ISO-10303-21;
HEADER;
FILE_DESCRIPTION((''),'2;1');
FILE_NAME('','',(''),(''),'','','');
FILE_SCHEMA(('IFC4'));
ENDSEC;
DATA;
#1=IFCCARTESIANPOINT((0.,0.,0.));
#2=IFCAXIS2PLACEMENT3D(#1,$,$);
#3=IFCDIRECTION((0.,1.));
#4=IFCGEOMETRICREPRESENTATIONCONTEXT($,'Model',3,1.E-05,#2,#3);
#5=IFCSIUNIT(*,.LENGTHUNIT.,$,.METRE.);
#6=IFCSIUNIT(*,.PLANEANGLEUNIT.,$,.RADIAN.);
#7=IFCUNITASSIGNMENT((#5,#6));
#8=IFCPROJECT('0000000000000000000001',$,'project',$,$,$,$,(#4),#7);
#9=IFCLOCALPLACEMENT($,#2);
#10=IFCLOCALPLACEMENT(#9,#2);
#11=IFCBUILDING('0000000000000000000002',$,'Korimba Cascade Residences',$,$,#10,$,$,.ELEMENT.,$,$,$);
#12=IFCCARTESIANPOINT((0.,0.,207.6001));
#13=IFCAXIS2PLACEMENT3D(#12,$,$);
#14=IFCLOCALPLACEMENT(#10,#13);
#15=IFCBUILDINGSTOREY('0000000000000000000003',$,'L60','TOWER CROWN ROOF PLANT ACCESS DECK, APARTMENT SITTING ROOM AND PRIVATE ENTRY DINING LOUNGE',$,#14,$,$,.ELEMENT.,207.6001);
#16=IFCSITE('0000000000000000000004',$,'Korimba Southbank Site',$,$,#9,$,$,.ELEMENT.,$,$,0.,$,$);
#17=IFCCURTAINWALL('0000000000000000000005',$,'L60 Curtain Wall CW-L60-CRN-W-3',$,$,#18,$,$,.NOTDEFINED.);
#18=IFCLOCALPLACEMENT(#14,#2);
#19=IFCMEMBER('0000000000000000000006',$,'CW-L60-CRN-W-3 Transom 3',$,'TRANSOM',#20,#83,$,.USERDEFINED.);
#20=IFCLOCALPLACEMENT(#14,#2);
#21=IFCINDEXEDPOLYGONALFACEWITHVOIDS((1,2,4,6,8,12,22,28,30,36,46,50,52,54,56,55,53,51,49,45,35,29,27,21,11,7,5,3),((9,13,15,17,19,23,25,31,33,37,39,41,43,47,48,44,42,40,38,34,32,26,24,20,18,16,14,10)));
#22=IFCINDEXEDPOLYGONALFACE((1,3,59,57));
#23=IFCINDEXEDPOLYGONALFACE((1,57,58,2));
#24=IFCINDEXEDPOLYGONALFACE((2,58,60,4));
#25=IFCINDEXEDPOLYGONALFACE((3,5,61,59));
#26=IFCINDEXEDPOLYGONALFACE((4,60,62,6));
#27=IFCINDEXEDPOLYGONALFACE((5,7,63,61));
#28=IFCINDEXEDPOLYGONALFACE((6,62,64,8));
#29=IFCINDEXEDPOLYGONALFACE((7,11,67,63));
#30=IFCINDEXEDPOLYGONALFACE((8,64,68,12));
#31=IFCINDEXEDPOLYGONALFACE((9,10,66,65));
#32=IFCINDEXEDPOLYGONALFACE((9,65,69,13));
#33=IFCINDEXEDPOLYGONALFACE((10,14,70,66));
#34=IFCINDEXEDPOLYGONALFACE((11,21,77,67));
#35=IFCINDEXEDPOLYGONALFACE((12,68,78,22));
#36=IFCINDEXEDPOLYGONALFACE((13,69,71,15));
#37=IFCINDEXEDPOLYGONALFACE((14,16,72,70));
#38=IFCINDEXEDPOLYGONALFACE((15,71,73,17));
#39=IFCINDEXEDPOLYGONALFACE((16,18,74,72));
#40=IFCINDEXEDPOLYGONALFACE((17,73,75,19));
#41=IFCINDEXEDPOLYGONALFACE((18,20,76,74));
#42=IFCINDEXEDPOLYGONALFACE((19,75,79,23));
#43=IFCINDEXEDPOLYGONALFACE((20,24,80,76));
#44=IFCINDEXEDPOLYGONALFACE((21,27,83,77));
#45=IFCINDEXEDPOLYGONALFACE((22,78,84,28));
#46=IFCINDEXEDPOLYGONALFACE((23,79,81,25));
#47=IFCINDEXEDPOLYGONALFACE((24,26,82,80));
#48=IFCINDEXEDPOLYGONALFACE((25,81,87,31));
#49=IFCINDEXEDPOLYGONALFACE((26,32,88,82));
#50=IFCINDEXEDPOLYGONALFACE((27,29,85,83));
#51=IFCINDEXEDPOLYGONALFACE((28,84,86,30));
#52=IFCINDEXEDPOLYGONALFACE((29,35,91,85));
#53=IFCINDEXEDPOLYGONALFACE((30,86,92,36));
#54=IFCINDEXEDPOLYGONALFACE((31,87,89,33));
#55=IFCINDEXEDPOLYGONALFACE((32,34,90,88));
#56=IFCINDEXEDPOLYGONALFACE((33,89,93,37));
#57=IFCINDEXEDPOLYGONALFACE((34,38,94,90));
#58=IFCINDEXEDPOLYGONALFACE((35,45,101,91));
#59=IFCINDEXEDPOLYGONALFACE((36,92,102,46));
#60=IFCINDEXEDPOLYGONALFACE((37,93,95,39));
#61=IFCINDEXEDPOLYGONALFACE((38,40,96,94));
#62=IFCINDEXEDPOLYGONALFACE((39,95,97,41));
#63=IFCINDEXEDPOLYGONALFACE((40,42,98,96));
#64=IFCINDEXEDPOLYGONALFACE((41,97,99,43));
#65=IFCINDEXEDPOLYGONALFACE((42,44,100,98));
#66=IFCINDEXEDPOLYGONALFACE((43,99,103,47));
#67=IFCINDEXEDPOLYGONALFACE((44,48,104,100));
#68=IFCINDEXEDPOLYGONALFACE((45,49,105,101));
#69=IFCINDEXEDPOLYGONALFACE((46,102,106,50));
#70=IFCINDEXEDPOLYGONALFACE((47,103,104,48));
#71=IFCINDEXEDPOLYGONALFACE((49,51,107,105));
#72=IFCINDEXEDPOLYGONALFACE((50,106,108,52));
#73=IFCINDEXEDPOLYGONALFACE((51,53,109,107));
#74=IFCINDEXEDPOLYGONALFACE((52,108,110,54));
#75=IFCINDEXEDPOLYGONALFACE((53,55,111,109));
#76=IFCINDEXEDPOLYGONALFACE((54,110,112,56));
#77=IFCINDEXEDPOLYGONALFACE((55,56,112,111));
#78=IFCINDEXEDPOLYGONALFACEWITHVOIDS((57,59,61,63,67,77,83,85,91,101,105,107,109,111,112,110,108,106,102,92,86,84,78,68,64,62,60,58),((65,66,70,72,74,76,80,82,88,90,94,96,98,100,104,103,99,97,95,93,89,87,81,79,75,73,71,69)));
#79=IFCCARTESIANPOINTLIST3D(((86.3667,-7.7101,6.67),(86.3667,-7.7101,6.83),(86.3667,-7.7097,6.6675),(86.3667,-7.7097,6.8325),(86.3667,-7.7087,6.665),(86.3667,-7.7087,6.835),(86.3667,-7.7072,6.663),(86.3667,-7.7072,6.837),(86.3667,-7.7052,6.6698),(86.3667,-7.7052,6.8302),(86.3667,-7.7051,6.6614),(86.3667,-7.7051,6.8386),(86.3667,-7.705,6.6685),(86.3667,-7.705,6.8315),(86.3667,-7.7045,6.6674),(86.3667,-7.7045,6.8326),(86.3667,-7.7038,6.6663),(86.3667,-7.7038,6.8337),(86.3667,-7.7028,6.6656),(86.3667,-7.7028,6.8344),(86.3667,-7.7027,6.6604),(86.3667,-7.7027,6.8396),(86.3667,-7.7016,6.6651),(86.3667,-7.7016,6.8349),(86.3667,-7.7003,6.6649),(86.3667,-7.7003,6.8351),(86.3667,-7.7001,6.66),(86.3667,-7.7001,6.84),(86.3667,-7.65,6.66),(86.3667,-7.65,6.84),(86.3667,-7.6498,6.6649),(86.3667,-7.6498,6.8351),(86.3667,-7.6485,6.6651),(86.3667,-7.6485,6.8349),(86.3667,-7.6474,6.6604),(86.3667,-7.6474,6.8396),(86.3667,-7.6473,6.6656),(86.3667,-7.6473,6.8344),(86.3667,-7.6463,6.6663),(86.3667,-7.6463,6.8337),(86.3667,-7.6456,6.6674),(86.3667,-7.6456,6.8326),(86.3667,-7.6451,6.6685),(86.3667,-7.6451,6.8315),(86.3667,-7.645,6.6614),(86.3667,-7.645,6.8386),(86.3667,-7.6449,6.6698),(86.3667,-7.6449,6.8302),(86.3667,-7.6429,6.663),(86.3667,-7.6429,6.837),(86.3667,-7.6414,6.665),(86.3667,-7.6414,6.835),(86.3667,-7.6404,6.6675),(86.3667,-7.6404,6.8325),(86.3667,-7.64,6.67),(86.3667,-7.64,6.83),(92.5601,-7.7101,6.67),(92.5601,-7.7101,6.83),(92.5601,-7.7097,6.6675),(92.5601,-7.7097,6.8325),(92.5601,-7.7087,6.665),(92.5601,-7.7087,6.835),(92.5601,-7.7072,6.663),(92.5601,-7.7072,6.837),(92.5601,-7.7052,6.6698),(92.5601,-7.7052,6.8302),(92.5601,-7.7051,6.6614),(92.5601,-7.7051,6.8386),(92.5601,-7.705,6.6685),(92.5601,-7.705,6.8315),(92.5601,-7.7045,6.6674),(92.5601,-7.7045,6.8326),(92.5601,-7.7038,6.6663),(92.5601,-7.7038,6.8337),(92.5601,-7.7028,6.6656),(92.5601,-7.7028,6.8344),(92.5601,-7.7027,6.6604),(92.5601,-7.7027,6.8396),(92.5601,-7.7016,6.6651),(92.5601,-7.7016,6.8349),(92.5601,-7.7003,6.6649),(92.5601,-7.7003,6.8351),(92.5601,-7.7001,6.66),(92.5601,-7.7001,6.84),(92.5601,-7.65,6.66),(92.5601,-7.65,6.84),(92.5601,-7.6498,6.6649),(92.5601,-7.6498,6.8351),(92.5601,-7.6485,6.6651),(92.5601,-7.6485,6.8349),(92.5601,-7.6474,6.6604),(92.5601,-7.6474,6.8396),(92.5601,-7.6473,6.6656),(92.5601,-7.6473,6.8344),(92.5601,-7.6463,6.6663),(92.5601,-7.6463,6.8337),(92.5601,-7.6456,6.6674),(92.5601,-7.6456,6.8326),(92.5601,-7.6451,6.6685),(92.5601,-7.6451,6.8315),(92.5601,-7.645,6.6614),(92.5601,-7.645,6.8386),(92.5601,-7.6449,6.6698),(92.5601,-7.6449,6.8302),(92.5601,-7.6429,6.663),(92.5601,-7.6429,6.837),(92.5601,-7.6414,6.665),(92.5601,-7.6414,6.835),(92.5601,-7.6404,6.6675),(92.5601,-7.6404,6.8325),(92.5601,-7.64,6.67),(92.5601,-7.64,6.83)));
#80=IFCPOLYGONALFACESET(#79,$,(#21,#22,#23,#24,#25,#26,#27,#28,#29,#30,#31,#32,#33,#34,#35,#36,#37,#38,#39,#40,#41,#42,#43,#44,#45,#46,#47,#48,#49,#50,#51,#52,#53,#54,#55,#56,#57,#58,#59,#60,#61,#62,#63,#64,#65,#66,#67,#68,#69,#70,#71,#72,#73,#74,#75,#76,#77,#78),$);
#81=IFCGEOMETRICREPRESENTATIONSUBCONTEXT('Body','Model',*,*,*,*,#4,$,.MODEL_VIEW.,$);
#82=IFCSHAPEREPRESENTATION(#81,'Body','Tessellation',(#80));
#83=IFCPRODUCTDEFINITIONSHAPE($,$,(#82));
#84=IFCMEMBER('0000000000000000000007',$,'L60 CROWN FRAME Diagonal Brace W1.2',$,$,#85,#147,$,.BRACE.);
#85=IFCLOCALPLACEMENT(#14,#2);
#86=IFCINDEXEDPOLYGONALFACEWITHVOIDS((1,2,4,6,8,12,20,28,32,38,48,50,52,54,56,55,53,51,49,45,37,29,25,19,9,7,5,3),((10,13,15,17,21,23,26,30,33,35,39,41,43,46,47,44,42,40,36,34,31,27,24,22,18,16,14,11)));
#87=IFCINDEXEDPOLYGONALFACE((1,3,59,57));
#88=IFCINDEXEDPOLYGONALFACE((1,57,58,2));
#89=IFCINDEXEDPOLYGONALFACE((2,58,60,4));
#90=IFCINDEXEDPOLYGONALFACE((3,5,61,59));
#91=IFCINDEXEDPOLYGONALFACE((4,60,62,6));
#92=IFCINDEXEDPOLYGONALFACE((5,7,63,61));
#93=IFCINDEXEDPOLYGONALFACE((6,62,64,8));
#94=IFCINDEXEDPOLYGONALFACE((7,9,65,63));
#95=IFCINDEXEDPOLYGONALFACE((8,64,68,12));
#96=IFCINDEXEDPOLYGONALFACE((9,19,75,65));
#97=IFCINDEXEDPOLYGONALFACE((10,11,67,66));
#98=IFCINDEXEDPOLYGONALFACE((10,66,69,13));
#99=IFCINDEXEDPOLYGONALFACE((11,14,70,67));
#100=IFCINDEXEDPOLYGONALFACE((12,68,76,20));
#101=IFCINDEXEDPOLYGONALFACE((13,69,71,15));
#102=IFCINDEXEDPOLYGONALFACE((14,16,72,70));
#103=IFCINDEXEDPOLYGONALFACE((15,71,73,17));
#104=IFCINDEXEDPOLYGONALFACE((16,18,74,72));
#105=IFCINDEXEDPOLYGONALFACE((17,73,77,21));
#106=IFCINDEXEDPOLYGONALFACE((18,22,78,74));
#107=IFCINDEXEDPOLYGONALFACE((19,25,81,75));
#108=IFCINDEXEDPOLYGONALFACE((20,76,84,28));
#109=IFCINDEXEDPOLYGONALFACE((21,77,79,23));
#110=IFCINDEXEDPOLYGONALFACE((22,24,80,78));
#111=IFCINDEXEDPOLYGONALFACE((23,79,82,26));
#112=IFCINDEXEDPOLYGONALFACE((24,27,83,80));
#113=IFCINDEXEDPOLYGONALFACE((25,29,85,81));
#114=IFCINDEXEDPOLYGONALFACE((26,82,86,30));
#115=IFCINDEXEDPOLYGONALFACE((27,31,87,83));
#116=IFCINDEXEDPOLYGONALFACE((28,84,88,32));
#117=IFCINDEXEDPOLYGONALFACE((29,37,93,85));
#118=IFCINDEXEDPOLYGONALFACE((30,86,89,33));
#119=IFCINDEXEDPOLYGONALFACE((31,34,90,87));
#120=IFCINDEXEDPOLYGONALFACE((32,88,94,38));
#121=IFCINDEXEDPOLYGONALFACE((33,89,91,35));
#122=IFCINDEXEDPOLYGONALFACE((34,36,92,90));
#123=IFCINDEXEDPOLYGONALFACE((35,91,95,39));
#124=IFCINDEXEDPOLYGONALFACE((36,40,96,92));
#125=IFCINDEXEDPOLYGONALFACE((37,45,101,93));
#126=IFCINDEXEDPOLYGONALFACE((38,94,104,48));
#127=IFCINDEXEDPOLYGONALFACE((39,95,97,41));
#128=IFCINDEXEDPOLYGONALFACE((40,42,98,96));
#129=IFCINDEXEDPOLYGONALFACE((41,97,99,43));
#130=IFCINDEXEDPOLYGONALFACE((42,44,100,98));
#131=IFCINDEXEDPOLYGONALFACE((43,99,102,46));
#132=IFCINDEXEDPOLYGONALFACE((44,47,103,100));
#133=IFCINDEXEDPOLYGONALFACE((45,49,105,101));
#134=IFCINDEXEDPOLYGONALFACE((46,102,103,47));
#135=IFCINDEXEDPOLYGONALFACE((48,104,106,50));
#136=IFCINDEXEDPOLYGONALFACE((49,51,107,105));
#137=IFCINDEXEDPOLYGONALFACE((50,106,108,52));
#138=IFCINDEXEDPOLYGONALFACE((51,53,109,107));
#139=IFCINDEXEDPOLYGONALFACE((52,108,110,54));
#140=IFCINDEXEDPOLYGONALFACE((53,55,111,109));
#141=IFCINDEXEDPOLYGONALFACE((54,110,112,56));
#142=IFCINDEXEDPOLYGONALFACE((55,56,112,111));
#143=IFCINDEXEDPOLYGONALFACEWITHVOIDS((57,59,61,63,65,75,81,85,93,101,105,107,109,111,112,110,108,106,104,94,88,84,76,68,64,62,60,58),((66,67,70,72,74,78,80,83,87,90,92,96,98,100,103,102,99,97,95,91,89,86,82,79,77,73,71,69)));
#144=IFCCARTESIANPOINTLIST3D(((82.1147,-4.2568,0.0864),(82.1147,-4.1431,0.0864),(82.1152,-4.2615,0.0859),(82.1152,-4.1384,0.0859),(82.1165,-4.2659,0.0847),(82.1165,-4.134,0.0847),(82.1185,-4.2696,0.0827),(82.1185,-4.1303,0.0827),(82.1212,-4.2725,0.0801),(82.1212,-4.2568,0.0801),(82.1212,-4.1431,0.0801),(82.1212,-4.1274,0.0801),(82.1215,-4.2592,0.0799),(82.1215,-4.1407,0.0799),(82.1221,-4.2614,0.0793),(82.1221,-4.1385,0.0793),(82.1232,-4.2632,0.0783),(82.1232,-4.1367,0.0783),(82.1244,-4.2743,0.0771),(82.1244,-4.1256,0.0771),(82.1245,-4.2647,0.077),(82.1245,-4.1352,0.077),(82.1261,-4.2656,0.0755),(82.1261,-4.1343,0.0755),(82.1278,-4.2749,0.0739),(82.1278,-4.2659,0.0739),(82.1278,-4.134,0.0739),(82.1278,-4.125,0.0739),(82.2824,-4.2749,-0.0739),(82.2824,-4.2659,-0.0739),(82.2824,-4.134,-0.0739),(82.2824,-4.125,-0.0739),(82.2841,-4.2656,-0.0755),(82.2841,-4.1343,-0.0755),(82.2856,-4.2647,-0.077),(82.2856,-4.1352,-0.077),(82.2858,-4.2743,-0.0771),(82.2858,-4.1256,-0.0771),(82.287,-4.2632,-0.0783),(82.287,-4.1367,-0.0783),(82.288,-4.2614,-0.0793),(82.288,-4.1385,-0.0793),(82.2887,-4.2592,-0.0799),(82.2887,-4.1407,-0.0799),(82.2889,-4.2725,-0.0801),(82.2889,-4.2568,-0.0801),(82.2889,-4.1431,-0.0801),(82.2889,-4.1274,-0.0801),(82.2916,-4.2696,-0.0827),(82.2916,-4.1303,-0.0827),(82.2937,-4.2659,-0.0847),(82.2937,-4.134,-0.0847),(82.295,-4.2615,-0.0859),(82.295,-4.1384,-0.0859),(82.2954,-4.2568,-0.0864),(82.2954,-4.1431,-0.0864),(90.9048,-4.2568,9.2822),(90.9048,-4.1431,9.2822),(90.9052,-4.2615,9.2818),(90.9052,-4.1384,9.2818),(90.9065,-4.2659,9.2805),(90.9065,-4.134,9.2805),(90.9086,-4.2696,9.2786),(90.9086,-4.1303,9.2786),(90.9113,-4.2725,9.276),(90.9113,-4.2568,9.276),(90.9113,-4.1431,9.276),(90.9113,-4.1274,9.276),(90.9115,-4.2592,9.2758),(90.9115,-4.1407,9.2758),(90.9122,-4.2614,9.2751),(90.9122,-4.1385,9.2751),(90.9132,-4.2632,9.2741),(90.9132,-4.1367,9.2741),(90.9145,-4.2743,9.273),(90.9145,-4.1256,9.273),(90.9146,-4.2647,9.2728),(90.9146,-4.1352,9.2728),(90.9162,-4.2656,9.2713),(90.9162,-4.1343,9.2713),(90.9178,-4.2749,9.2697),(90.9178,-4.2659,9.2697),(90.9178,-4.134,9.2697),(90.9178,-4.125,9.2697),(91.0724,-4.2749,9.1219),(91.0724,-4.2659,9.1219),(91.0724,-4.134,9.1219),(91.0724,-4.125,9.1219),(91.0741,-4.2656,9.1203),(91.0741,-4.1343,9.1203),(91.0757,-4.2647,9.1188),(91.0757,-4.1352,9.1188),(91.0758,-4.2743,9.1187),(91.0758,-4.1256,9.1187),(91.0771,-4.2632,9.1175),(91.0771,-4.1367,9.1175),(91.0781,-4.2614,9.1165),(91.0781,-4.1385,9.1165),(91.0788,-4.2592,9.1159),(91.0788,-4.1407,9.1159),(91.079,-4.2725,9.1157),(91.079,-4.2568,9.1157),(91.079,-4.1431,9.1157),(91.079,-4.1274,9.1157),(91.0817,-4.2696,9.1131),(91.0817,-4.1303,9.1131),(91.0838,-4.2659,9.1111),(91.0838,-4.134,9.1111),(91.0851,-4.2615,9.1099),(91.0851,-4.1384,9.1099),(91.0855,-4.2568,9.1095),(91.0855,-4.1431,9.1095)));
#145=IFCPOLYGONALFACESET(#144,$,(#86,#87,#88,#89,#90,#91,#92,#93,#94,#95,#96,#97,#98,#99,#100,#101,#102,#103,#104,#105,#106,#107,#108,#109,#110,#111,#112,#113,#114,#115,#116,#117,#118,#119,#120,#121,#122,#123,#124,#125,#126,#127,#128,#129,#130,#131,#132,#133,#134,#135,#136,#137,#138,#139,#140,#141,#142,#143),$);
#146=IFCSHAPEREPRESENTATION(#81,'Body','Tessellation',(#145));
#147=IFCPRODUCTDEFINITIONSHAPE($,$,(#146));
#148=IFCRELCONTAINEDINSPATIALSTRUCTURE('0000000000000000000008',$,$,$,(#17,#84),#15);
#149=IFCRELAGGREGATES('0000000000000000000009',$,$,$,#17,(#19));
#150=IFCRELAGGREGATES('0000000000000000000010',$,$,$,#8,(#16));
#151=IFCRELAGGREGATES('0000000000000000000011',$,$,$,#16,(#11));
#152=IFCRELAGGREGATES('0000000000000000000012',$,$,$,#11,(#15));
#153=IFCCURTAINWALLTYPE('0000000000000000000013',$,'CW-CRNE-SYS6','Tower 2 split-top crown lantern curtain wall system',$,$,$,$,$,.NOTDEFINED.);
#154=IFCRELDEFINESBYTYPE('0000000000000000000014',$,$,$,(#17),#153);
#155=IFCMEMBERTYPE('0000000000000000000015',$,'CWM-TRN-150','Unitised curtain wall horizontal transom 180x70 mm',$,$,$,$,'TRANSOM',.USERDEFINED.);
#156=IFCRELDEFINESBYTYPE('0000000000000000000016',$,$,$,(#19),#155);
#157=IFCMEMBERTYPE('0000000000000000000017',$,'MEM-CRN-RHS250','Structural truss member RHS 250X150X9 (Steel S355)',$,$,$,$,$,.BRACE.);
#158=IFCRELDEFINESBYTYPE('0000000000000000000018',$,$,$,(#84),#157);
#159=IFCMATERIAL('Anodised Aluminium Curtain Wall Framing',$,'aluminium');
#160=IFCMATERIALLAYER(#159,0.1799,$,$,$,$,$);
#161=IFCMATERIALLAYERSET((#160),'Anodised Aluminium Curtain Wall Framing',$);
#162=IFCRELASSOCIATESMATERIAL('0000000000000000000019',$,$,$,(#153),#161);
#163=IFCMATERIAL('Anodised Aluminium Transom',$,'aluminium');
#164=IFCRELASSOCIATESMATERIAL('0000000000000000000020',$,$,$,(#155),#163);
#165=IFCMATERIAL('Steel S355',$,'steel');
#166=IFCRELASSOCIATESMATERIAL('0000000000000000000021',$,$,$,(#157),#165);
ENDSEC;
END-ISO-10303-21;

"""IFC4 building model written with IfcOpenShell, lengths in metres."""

from ifc_helpers import new_model, si_unit, direction, frame, origin, origin_2d, place, context, subcontext, project, spatial, hollow_rectangle, extrude, material, layer, layer_set, material_profile, profile_set, type_object, element, aggregate, save


model = new_model("IFC4")

# Units and contexts
model_context = context("Model", 3, precision=1e-05, world=origin(), true_north=direction((0.0, 1.0)))
body_context = subcontext(model_context, "Body", "Model", "MODEL_VIEW")
ifc_project = project(units=[si_unit("LENGTHUNIT", "METRE"), si_unit("PLANEANGLEUNIT", "RADIAN")], contexts=[model_context])

# Site, building, storey
site_placement = place(None, origin())
site = spatial("IfcSite", under=ifc_project, at=site_placement, Name="Korimba Southbank Site", CompositionType="ELEMENT", RefElevation=0.0)
building_placement = place(site_placement, origin())
building = spatial("IfcBuilding", under=site, at=building_placement, Name="Korimba Cascade Residences", CompositionType="ELEMENT")
storey_placement = place(building_placement, frame((0.0, 0.0, 207.6001)))
storey = spatial("IfcBuildingStorey", under=building, at=storey_placement, Name="L60", Description="TOWER CROWN ROOF PLANT ACCESS DECK, APARTMENT SITTING ROOM AND PRIVATE ENTRY DINING LOUNGE", CompositionType="ELEMENT", Elevation=207.6001)

# Shared definitions
ifc_material_1 = material(Name="Steel S355", Category="steel")

# Curtain wall, member
ifc_material_2 = material(Name="Anodised Aluminium Curtain Wall Framing", Category="aluminium")
ifc_layer_1 = layer(ifc_material_2, 0.1799)
ifc_layer_set_1 = layer_set([ifc_layer_1], Name="Anodised Aluminium Curtain Wall Framing")
curtain_wall_type = type_object("IfcCurtainWallType", Name="CW-CRNE-SYS6", Description="Tower 2 split-top crown lantern curtain wall system", PredefinedType="NOTDEFINED", material=ifc_layer_set_1)
curtain_wall_placement = place(storey_placement, origin())
curtain_wall = element("IfcCurtainWall", 1, at=curtain_wall_placement, inside=storey, type_object=curtain_wall_type, Name="L60 Curtain Wall CW-L60-CRN-W-3", PredefinedType="NOTDEFINED")
ifc_material_3 = material(Name="Anodised Aluminium Transom", Category="aluminium")
ifc_material_profile_1 = material_profile(ifc_material_3, hollow_rectangle(XDim=0.0701, YDim=0.1799, WallThickness=0.0049, InnerFilletRadius=0.0049, OuterFilletRadius=0.01, at=origin_2d()), Name="Anodised Aluminium Transom")
ifc_profile_set_1 = profile_set([ifc_material_profile_1], Name="Anodised Aluminium Transom")
member_type_1 = type_object("IfcMemberType", Name="CWM-TRN-150", Description="Unitised curtain wall horizontal transom 180x70 mm", ElementType="TRANSOM", PredefinedType="USERDEFINED", material=ifc_profile_set_1)
member_1_placement = place(storey_placement, frame((86.3667, -7.675, 6.75), z_axis=(1.0, 0.0, 0.0), x_axis=(0.0, 1.0, 0.0)))
member_1 = element("IfcMember", 2, at=member_1_placement, type_object=member_type_1, Name="CW-L60-CRN-W-3 Transom 3", ObjectType="TRANSOM", PredefinedType="USERDEFINED", context=body_context, shape_type="SweptSolid", body=[
    extrude(hollow_rectangle(XDim=0.0701, YDim=0.1799, WallThickness=0.0049, InnerFilletRadius=0.0049, OuterFilletRadius=0.01, at=origin_2d()), origin(), (0.0, 0.0, 1.0), 6.1934),
])

# Member
ifc_material_profile_2 = material_profile(ifc_material_1, hollow_rectangle(XDim=0.1499, YDim=0.25, WallThickness=0.009, InnerFilletRadius=0.009, OuterFilletRadius=0.0181, at=origin_2d()), Name="Steel S355")
ifc_profile_set_2 = profile_set([ifc_material_profile_2], Name="Steel S355")
member_type_2 = type_object("IfcMemberType", Name="MEM-CRN-RHS250", Description="Structural truss member RHS 250X150X9 (Steel S355)", PredefinedType="BRACE", material=ifc_profile_set_2)
member_2_placement = place(storey_placement, frame((82.2051, -4.2, 0.0), z_axis=(0.690979, 0.0, 0.722875), x_axis=(0.0, 1.0, 0.0)))
element("IfcMember", 3, at=member_2_placement, inside=storey, type_object=member_type_2, Name="L60 CROWN FRAME Diagonal Brace W1.2", PredefinedType="BRACE", context=body_context, shape_type="SweptSolid", body=[
    extrude(hollow_rectangle(XDim=0.1499, YDim=0.25, WallThickness=0.009, InnerFilletRadius=0.009, OuterFilletRadius=0.0181, at=origin_2d()), origin(), (0.0, 0.0, 1.0), 12.7212),
])

aggregate(curtain_wall, [member_1])

save(model, "model.ifc")
